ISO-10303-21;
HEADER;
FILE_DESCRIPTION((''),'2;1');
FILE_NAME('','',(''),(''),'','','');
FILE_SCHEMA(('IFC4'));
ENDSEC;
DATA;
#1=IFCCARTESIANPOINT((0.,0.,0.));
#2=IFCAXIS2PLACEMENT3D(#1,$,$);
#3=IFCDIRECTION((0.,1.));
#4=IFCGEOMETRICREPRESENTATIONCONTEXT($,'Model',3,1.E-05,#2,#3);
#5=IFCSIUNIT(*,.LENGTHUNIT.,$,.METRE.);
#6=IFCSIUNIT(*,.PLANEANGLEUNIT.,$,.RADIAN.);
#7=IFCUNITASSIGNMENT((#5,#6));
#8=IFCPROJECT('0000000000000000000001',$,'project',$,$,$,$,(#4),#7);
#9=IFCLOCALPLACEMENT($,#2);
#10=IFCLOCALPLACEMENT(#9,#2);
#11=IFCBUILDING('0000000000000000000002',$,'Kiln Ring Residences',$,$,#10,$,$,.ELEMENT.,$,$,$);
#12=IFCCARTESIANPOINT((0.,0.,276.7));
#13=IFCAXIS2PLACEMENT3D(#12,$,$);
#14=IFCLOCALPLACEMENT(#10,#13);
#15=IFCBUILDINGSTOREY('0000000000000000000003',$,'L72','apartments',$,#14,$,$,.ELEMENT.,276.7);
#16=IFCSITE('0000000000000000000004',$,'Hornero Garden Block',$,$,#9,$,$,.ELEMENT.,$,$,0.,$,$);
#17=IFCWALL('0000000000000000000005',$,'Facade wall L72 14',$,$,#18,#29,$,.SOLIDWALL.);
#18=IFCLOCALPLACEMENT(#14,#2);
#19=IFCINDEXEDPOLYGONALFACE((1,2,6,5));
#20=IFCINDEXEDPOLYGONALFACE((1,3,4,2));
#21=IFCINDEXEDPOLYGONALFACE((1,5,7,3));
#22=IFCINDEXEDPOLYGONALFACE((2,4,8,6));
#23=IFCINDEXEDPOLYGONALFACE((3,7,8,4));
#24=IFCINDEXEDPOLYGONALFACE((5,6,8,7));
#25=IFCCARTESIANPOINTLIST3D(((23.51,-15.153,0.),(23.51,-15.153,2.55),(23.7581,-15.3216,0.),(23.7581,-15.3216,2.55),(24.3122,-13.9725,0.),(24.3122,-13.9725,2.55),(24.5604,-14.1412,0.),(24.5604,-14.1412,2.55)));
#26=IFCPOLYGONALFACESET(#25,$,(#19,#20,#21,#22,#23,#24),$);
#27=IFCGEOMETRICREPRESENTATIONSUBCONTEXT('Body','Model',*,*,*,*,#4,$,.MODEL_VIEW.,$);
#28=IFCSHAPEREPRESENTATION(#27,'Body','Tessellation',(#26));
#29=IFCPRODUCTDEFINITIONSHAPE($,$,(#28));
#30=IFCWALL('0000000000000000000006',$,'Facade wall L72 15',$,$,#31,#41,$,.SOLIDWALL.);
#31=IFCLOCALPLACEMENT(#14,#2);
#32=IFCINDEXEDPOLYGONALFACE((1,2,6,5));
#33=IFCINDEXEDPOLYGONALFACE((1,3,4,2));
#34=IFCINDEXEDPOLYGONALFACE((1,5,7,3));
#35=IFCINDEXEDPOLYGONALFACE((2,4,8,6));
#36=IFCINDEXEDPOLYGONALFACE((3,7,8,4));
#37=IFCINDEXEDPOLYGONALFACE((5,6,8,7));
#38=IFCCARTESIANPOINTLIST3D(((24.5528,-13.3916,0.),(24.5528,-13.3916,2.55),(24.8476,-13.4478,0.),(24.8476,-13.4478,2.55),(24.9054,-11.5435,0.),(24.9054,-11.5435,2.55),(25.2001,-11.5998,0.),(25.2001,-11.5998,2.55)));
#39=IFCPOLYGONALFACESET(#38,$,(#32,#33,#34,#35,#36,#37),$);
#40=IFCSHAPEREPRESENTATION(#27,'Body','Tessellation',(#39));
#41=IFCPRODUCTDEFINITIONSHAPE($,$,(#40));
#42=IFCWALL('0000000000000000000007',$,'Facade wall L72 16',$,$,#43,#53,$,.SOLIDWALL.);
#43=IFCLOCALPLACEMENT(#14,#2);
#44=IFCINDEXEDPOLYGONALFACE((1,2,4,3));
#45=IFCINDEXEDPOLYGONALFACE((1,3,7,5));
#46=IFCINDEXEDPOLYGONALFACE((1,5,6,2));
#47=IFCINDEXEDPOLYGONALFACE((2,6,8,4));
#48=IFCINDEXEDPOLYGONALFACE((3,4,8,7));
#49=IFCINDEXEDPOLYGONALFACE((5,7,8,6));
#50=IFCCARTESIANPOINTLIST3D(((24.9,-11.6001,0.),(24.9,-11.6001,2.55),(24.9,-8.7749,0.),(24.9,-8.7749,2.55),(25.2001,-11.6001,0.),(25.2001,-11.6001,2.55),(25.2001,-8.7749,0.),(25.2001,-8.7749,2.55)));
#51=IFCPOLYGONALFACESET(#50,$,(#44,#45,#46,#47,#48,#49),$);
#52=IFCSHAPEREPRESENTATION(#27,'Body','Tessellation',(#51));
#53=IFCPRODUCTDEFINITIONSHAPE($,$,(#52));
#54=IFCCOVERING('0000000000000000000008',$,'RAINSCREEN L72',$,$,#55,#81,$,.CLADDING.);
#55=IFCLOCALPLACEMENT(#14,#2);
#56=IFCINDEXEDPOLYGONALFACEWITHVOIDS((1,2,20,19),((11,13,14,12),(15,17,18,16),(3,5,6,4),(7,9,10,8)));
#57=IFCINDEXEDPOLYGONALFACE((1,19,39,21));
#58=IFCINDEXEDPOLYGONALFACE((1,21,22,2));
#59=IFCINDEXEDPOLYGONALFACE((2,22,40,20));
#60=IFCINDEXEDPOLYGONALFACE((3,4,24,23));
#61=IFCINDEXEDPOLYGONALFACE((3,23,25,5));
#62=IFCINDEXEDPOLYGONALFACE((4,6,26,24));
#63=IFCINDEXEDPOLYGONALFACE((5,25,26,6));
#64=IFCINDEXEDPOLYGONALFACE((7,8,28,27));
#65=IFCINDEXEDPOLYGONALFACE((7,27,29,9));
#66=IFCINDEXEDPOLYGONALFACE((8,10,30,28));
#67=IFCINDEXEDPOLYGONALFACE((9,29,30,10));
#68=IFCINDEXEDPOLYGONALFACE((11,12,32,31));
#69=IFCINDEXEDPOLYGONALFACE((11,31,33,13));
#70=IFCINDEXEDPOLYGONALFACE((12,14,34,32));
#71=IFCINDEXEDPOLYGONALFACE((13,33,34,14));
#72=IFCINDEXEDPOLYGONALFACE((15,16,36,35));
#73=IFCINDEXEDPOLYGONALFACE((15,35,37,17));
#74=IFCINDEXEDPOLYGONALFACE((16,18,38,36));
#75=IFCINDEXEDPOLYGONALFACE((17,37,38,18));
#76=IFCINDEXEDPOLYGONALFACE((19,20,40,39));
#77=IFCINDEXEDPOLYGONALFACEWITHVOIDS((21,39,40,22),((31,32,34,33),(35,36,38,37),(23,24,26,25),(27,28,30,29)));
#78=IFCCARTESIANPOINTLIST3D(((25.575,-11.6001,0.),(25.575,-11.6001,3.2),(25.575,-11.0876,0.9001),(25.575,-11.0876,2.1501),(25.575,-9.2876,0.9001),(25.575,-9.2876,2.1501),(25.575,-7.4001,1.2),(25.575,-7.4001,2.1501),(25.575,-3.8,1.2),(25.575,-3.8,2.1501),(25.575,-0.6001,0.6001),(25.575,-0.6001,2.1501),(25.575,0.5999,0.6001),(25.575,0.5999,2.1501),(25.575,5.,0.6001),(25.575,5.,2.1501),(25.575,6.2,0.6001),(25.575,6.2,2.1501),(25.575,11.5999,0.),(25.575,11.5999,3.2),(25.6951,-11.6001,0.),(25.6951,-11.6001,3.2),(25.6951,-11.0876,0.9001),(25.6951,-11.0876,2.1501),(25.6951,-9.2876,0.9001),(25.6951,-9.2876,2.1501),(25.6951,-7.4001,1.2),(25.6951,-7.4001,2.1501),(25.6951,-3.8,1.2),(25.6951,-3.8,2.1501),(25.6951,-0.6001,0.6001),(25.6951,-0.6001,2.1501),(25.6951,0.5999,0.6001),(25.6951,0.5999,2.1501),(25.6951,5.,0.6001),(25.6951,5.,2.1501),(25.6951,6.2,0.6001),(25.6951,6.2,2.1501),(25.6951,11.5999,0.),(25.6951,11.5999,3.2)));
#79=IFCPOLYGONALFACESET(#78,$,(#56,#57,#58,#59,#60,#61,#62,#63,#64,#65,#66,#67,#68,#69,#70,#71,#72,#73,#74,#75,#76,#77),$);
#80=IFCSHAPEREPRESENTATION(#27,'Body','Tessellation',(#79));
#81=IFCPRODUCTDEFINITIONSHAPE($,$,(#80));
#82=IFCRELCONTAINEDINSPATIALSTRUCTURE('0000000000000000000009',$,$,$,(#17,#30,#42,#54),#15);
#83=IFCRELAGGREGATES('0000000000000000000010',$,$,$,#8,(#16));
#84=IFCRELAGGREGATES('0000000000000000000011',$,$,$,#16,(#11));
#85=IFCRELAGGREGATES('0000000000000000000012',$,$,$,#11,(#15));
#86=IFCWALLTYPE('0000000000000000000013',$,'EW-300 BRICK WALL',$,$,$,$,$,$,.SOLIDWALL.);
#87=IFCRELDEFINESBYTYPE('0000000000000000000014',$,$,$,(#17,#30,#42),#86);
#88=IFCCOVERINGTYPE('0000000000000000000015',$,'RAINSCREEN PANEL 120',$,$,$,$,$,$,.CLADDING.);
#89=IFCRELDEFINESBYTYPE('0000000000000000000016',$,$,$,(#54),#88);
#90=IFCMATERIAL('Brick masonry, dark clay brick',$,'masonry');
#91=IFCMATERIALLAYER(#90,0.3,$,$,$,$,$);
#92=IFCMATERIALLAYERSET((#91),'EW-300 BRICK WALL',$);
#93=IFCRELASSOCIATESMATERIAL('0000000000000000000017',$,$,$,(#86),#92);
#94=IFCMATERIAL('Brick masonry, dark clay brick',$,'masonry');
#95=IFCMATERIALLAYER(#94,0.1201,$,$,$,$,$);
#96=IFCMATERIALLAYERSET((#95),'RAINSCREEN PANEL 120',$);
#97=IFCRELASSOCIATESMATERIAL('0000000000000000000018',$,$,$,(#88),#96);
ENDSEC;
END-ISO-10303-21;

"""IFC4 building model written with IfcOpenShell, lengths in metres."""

from ifc_helpers import new_model, si_unit, direction, frame, frame_2d, origin, place, context, subcontext, project, spatial, polyline, rectangle, outline, extrude, material, layer, layer_set, type_object, element, save


model = new_model("IFC4")

# Units and contexts
model_context = context("Model", 3, precision=1e-05, world=origin(), true_north=direction((0.0, 1.0)))
body_context = subcontext(model_context, "Body", "Model", "MODEL_VIEW")
ifc_project = project(units=[si_unit("LENGTHUNIT", "METRE"), si_unit("PLANEANGLEUNIT", "RADIAN")], contexts=[model_context])

# Site, building, storey
site_placement = place(None, origin())
site = spatial("IfcSite", under=ifc_project, at=site_placement, Name="Hornero Garden Block", CompositionType="ELEMENT", RefElevation=0.0)
building_placement = place(site_placement, origin())
building = spatial("IfcBuilding", under=site, at=building_placement, Name="Kiln Ring Residences", CompositionType="ELEMENT")
storey_placement = place(building_placement, frame((0.0, 0.0, 276.7)))
storey = spatial("IfcBuildingStorey", under=building, at=storey_placement, Name="L72", Description="apartments", CompositionType="ELEMENT", Elevation=276.7)

# Walls
ifc_material_1 = material(Name="Brick masonry, dark clay brick", Category="masonry")
ifc_layer_1 = layer(ifc_material_1, 0.3)
ifc_layer_set_1 = layer_set([ifc_layer_1], Name="EW-300 BRICK WALL")
wall_type_1 = type_object("IfcWallType", Name="EW-300 BRICK WALL", PredefinedType="SOLIDWALL", material=ifc_layer_set_1)
wall_1_placement = place(storey_placement, frame((23.634, -15.2373, 0.0), z_axis=(0.0, 0.0, 1.0), x_axis=(0.562099, 0.82707, 0.0)))
element("IfcWall", 1, at=wall_1_placement, inside=storey, type_object=wall_type_1, Name="Facade wall L72 14", PredefinedType="SOLIDWALL", context=body_context, shape_type="SweptSolid", body=[
    extrude(rectangle(XDim=1.4272, YDim=0.3, at=frame_2d((0.7136, 0.0))), origin(), (0.0, 0.0, 1.0), 2.55),
])
wall_2_placement = place(storey_placement, frame((24.7002, -13.4197, 0.0), z_axis=(0.0, 0.0, 1.0), x_axis=(0.187398, 0.982284, 0.0)))
element("IfcWall", 2, at=wall_2_placement, inside=storey, type_object=wall_type_1, Name="Facade wall L72 15", PredefinedType="SOLIDWALL", context=body_context, shape_type="SweptSolid", body=[
    extrude(rectangle(XDim=1.8813, YDim=0.3, at=frame_2d((0.9407, 0.0))), origin(), (0.0, 0.0, 1.0), 2.55),
])
wall_3_placement = place(storey_placement, frame((25.05, -11.6001, 0.0), z_axis=(0.0, 0.0, 1.0), x_axis=(0.0, 1.0, 0.0)))
element("IfcWall", 3, at=wall_3_placement, inside=storey, type_object=wall_type_1, Name="Facade wall L72 16", PredefinedType="SOLIDWALL", context=body_context, shape_type="SweptSolid", body=[
    extrude(rectangle(XDim=2.8252, YDim=0.3, at=frame_2d((1.4126, 0.0))), origin(), (0.0, 0.0, 1.0), 2.55),
])

# Covering
ifc_material_2 = material(Name="Brick masonry, dark clay brick", Category="masonry")
ifc_layer_2 = layer(ifc_material_2, 0.1201)
ifc_layer_set_2 = layer_set([ifc_layer_2], Name="RAINSCREEN PANEL 120")
covering_type = type_object("IfcCoveringType", Name="RAINSCREEN PANEL 120", PredefinedType="CLADDING", material=ifc_layer_set_2)
covering_placement = place(storey_placement, frame((25.635, -11.6001, 0.0), z_axis=(0.0, 0.0, 1.0), x_axis=(0.0, 1.0, 0.0)))
element("IfcCovering", 4, at=covering_placement, inside=storey, type_object=covering_type, Name="RAINSCREEN L72", PredefinedType="CLADDING", context=body_context, shape_type="SweptSolid", body=[
    extrude(outline(polyline([(0.0, 0.0), (23.2, 0.0), (23.2, 3.2), (0.0, 3.2), (0.0, 0.0)]), holes=[polyline([(12.2, 0.6001), (12.2, 2.1501), (11.0, 2.1501), (11.0, 0.6001), (12.2, 0.6001)]), polyline([(17.8, 0.6001), (17.8, 2.1501), (16.6001, 2.1501), (16.6001, 0.6001), (17.8, 0.6001)]), polyline([(2.3125, 0.9001), (2.3125, 2.1501), (0.5125, 2.1501), (0.5125, 0.9001), (2.3125, 0.9001)]), polyline([(7.8, 1.2), (7.8, 2.1501), (4.2, 2.1501), (4.2, 1.2), (7.8, 1.2)])]), frame((0.0, 0.0601, 0.0), z_axis=(0.0, -1.0, 0.0), x_axis=(1.0, 0.0, 0.0)), (0.0, 0.0, 1.0), 0.1201),
])

save(model, "model.ifc")
